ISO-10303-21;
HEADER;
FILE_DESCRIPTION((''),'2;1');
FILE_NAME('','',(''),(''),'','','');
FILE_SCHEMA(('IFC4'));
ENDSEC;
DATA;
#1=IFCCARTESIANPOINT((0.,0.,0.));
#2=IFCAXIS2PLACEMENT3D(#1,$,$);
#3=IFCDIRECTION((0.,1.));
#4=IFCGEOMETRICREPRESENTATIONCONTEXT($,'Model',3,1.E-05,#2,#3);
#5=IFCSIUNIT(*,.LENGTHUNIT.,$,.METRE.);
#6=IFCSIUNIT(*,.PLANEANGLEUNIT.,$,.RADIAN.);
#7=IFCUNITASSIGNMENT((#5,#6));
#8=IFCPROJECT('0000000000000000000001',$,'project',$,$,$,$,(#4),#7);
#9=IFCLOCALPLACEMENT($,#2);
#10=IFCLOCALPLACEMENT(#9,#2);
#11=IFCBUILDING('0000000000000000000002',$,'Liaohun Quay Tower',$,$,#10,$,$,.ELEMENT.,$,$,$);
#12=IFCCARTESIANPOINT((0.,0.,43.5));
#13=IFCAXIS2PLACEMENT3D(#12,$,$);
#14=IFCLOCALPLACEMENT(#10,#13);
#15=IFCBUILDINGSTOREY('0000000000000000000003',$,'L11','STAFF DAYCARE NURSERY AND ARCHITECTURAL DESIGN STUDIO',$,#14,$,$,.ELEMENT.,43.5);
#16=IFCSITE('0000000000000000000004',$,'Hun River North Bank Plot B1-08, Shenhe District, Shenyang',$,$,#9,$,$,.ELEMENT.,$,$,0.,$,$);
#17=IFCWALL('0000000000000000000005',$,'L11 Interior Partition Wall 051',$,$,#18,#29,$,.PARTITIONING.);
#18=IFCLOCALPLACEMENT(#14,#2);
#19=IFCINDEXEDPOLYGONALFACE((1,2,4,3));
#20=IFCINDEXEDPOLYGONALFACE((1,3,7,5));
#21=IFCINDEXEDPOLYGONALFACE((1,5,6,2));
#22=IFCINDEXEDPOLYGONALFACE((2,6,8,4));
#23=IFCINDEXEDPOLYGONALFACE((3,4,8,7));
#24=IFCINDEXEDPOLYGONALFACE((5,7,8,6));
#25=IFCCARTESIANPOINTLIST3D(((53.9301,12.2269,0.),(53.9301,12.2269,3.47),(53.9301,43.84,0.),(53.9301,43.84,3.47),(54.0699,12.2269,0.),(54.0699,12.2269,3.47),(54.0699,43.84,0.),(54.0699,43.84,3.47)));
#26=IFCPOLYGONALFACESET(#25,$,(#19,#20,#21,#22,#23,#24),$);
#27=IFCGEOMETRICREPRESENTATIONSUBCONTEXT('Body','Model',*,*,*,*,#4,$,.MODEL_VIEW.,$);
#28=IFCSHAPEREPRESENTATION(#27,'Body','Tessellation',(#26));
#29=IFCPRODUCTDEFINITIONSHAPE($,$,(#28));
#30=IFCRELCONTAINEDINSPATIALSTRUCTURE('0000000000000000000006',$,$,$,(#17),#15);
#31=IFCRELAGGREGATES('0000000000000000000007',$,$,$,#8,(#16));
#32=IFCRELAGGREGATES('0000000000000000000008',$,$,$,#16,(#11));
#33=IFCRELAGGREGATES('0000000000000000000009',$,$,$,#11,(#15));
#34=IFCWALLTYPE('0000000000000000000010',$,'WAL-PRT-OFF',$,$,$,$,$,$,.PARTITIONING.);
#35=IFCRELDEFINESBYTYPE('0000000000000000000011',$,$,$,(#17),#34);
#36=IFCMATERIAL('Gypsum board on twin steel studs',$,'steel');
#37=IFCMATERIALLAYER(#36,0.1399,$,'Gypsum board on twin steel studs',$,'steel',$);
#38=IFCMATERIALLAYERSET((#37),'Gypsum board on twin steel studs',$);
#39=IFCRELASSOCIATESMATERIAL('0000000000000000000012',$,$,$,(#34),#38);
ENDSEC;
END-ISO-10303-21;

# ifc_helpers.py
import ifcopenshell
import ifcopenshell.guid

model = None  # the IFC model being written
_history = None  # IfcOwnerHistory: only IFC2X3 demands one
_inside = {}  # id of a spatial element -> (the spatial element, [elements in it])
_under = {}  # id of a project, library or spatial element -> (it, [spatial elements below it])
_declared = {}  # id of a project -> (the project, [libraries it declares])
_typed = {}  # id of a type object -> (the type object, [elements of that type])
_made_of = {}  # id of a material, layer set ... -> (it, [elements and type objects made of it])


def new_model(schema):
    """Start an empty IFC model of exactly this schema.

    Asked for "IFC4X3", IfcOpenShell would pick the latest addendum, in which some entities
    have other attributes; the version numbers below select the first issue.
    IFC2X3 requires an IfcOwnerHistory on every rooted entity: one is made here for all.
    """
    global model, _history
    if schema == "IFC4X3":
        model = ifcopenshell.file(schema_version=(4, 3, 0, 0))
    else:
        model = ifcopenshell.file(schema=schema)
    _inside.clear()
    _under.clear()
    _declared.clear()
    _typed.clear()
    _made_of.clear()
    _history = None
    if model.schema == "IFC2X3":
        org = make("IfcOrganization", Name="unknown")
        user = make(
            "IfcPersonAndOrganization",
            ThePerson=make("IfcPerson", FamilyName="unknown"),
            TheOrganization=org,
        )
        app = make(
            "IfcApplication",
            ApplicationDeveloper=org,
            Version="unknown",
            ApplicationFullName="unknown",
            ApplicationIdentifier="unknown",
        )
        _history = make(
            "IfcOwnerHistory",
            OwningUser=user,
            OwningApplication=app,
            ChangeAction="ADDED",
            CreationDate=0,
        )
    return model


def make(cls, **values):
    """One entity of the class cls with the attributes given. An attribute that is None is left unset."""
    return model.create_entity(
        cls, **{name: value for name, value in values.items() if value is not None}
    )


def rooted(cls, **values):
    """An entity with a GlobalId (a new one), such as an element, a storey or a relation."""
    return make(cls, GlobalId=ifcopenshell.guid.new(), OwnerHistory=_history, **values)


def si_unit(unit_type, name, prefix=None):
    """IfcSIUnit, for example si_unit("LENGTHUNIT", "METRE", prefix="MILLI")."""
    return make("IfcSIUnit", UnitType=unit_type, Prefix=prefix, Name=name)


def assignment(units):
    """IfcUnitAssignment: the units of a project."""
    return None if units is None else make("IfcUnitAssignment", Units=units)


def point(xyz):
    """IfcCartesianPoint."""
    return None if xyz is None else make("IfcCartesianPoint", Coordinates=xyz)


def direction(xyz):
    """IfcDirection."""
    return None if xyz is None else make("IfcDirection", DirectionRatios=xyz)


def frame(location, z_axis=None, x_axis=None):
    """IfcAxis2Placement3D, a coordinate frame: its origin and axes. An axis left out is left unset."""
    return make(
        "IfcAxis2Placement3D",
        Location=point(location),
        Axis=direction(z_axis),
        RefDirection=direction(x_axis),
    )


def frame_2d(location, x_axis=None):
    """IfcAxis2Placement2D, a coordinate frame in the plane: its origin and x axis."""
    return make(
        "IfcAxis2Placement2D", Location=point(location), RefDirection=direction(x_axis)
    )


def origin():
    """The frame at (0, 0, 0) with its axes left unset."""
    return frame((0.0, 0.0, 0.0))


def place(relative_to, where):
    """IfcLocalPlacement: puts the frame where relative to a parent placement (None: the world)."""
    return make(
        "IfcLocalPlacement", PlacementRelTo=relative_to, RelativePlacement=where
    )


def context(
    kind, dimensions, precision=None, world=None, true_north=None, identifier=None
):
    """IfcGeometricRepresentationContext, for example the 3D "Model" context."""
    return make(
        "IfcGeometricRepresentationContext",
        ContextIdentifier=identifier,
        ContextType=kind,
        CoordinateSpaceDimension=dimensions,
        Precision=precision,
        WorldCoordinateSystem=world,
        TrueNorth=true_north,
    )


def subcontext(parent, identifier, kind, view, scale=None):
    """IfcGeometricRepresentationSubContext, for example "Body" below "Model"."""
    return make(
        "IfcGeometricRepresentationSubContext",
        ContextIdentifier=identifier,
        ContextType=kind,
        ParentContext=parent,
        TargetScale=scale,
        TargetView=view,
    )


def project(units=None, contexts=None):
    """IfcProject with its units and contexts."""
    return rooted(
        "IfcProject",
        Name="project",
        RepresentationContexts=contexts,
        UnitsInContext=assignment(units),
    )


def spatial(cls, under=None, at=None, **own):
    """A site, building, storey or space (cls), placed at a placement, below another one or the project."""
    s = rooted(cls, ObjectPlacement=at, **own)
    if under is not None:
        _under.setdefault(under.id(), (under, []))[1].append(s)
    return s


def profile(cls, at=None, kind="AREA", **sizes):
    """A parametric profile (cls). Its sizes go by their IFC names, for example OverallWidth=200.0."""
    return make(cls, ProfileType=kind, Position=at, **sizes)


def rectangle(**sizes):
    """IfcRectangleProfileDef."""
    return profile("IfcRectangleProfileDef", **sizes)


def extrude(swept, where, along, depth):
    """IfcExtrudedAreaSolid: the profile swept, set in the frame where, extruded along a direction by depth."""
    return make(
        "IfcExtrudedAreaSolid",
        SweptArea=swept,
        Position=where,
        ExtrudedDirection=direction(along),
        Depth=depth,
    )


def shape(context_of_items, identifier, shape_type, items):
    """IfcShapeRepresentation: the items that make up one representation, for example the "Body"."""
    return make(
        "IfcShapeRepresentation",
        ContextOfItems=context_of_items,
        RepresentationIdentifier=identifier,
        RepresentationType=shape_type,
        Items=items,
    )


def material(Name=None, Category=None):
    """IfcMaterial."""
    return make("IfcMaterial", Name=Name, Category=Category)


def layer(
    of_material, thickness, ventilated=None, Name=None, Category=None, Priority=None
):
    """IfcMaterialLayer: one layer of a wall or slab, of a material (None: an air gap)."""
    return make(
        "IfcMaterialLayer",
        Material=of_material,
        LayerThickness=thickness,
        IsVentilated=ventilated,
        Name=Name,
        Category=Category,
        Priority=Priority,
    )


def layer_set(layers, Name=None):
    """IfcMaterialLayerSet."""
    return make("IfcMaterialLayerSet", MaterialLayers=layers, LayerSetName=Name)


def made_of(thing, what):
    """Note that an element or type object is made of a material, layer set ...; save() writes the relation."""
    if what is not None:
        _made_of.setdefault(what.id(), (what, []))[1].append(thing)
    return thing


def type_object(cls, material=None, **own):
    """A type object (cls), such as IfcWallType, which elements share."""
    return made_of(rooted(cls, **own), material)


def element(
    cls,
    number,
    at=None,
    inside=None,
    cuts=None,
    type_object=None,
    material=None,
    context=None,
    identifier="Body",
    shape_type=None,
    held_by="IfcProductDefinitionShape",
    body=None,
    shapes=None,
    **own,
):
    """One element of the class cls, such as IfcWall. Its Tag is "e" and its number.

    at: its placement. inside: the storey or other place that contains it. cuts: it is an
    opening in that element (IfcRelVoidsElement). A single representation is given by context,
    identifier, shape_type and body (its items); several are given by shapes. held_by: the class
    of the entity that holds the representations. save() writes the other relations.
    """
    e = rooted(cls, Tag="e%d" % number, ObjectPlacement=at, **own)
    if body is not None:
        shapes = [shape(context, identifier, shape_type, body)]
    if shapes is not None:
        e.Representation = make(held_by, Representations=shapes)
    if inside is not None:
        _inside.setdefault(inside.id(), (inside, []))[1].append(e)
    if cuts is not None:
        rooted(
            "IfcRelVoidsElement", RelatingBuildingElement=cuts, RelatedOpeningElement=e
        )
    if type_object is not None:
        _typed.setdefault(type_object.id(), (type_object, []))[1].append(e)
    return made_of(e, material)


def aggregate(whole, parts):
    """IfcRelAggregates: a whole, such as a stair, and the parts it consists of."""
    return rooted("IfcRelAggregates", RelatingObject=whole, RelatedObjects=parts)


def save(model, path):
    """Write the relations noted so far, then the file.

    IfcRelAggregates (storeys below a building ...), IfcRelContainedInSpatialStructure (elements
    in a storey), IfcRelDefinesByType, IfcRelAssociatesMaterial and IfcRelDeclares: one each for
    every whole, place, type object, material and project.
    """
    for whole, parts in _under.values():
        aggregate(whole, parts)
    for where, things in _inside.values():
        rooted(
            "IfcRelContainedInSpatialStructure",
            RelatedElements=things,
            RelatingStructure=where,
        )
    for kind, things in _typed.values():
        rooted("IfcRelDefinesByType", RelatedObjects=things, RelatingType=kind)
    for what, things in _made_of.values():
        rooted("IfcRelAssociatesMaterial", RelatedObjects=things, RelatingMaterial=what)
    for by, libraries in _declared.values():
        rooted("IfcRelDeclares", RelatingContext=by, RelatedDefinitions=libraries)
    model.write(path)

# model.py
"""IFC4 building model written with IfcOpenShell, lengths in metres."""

from ifc_helpers import new_model, si_unit, direction, frame, frame_2d, origin, place, context, subcontext, project, spatial, rectangle, extrude, material, layer, layer_set, type_object, element, save


model = new_model("IFC4")

# Units and contexts
model_context = context("Model", 3, precision=1e-05, world=origin(), true_north=direction((0.0, 1.0)))
body_context = subcontext(model_context, "Body", "Model", "MODEL_VIEW")
ifc_project = project(units=[si_unit("LENGTHUNIT", "METRE"), si_unit("PLANEANGLEUNIT", "RADIAN")], contexts=[model_context])

# Site, building, storey
site_placement = place(None, origin())
site = spatial("IfcSite", under=ifc_project, at=site_placement, Name="Hun River North Bank Plot B1-08, Shenhe District, Shenyang", CompositionType="ELEMENT", RefElevation=0.0)
building_placement = place(site_placement, origin())
building = spatial("IfcBuilding", under=site, at=building_placement, Name="Liaohun Quay Tower", CompositionType="ELEMENT")
storey_placement = place(building_placement, frame((0.0, 0.0, 43.5)))
storey = spatial("IfcBuildingStorey", under=building, at=storey_placement, Name="L11", Description="STAFF DAYCARE NURSERY AND ARCHITECTURAL DESIGN STUDIO", CompositionType="ELEMENT", Elevation=43.5)

# Wall
ifc_material_1 = material(Name="Gypsum board on twin steel studs", Category="steel")
ifc_layer_1 = layer(ifc_material_1, 0.1399, Name="Gypsum board on twin steel studs", Category="steel")
ifc_layer_set_1 = layer_set([ifc_layer_1], Name="Gypsum board on twin steel studs")
wall_type_1 = type_object("IfcWallType", Name="WAL-PRT-OFF", PredefinedType="PARTITIONING", material=ifc_layer_set_1)
wall_1_placement = place(storey_placement, frame((54.0, 43.8401, 0.0), z_axis=(0.0, 0.0, 1.0), x_axis=(0.0, -1.0, 0.0)))
element("IfcWall", 1, at=wall_1_placement, inside=storey, type_object=wall_type_1, Name="L11 Interior Partition Wall 051", PredefinedType="PARTITIONING", context=body_context, shape_type="SweptSolid", body=[
    extrude(rectangle(XDim=31.613, YDim=0.1399, at=frame_2d((15.8066, 0.0))), origin(), (0.0, 0.0, 1.0), 3.47),
])

save(model, "model.ifc")
